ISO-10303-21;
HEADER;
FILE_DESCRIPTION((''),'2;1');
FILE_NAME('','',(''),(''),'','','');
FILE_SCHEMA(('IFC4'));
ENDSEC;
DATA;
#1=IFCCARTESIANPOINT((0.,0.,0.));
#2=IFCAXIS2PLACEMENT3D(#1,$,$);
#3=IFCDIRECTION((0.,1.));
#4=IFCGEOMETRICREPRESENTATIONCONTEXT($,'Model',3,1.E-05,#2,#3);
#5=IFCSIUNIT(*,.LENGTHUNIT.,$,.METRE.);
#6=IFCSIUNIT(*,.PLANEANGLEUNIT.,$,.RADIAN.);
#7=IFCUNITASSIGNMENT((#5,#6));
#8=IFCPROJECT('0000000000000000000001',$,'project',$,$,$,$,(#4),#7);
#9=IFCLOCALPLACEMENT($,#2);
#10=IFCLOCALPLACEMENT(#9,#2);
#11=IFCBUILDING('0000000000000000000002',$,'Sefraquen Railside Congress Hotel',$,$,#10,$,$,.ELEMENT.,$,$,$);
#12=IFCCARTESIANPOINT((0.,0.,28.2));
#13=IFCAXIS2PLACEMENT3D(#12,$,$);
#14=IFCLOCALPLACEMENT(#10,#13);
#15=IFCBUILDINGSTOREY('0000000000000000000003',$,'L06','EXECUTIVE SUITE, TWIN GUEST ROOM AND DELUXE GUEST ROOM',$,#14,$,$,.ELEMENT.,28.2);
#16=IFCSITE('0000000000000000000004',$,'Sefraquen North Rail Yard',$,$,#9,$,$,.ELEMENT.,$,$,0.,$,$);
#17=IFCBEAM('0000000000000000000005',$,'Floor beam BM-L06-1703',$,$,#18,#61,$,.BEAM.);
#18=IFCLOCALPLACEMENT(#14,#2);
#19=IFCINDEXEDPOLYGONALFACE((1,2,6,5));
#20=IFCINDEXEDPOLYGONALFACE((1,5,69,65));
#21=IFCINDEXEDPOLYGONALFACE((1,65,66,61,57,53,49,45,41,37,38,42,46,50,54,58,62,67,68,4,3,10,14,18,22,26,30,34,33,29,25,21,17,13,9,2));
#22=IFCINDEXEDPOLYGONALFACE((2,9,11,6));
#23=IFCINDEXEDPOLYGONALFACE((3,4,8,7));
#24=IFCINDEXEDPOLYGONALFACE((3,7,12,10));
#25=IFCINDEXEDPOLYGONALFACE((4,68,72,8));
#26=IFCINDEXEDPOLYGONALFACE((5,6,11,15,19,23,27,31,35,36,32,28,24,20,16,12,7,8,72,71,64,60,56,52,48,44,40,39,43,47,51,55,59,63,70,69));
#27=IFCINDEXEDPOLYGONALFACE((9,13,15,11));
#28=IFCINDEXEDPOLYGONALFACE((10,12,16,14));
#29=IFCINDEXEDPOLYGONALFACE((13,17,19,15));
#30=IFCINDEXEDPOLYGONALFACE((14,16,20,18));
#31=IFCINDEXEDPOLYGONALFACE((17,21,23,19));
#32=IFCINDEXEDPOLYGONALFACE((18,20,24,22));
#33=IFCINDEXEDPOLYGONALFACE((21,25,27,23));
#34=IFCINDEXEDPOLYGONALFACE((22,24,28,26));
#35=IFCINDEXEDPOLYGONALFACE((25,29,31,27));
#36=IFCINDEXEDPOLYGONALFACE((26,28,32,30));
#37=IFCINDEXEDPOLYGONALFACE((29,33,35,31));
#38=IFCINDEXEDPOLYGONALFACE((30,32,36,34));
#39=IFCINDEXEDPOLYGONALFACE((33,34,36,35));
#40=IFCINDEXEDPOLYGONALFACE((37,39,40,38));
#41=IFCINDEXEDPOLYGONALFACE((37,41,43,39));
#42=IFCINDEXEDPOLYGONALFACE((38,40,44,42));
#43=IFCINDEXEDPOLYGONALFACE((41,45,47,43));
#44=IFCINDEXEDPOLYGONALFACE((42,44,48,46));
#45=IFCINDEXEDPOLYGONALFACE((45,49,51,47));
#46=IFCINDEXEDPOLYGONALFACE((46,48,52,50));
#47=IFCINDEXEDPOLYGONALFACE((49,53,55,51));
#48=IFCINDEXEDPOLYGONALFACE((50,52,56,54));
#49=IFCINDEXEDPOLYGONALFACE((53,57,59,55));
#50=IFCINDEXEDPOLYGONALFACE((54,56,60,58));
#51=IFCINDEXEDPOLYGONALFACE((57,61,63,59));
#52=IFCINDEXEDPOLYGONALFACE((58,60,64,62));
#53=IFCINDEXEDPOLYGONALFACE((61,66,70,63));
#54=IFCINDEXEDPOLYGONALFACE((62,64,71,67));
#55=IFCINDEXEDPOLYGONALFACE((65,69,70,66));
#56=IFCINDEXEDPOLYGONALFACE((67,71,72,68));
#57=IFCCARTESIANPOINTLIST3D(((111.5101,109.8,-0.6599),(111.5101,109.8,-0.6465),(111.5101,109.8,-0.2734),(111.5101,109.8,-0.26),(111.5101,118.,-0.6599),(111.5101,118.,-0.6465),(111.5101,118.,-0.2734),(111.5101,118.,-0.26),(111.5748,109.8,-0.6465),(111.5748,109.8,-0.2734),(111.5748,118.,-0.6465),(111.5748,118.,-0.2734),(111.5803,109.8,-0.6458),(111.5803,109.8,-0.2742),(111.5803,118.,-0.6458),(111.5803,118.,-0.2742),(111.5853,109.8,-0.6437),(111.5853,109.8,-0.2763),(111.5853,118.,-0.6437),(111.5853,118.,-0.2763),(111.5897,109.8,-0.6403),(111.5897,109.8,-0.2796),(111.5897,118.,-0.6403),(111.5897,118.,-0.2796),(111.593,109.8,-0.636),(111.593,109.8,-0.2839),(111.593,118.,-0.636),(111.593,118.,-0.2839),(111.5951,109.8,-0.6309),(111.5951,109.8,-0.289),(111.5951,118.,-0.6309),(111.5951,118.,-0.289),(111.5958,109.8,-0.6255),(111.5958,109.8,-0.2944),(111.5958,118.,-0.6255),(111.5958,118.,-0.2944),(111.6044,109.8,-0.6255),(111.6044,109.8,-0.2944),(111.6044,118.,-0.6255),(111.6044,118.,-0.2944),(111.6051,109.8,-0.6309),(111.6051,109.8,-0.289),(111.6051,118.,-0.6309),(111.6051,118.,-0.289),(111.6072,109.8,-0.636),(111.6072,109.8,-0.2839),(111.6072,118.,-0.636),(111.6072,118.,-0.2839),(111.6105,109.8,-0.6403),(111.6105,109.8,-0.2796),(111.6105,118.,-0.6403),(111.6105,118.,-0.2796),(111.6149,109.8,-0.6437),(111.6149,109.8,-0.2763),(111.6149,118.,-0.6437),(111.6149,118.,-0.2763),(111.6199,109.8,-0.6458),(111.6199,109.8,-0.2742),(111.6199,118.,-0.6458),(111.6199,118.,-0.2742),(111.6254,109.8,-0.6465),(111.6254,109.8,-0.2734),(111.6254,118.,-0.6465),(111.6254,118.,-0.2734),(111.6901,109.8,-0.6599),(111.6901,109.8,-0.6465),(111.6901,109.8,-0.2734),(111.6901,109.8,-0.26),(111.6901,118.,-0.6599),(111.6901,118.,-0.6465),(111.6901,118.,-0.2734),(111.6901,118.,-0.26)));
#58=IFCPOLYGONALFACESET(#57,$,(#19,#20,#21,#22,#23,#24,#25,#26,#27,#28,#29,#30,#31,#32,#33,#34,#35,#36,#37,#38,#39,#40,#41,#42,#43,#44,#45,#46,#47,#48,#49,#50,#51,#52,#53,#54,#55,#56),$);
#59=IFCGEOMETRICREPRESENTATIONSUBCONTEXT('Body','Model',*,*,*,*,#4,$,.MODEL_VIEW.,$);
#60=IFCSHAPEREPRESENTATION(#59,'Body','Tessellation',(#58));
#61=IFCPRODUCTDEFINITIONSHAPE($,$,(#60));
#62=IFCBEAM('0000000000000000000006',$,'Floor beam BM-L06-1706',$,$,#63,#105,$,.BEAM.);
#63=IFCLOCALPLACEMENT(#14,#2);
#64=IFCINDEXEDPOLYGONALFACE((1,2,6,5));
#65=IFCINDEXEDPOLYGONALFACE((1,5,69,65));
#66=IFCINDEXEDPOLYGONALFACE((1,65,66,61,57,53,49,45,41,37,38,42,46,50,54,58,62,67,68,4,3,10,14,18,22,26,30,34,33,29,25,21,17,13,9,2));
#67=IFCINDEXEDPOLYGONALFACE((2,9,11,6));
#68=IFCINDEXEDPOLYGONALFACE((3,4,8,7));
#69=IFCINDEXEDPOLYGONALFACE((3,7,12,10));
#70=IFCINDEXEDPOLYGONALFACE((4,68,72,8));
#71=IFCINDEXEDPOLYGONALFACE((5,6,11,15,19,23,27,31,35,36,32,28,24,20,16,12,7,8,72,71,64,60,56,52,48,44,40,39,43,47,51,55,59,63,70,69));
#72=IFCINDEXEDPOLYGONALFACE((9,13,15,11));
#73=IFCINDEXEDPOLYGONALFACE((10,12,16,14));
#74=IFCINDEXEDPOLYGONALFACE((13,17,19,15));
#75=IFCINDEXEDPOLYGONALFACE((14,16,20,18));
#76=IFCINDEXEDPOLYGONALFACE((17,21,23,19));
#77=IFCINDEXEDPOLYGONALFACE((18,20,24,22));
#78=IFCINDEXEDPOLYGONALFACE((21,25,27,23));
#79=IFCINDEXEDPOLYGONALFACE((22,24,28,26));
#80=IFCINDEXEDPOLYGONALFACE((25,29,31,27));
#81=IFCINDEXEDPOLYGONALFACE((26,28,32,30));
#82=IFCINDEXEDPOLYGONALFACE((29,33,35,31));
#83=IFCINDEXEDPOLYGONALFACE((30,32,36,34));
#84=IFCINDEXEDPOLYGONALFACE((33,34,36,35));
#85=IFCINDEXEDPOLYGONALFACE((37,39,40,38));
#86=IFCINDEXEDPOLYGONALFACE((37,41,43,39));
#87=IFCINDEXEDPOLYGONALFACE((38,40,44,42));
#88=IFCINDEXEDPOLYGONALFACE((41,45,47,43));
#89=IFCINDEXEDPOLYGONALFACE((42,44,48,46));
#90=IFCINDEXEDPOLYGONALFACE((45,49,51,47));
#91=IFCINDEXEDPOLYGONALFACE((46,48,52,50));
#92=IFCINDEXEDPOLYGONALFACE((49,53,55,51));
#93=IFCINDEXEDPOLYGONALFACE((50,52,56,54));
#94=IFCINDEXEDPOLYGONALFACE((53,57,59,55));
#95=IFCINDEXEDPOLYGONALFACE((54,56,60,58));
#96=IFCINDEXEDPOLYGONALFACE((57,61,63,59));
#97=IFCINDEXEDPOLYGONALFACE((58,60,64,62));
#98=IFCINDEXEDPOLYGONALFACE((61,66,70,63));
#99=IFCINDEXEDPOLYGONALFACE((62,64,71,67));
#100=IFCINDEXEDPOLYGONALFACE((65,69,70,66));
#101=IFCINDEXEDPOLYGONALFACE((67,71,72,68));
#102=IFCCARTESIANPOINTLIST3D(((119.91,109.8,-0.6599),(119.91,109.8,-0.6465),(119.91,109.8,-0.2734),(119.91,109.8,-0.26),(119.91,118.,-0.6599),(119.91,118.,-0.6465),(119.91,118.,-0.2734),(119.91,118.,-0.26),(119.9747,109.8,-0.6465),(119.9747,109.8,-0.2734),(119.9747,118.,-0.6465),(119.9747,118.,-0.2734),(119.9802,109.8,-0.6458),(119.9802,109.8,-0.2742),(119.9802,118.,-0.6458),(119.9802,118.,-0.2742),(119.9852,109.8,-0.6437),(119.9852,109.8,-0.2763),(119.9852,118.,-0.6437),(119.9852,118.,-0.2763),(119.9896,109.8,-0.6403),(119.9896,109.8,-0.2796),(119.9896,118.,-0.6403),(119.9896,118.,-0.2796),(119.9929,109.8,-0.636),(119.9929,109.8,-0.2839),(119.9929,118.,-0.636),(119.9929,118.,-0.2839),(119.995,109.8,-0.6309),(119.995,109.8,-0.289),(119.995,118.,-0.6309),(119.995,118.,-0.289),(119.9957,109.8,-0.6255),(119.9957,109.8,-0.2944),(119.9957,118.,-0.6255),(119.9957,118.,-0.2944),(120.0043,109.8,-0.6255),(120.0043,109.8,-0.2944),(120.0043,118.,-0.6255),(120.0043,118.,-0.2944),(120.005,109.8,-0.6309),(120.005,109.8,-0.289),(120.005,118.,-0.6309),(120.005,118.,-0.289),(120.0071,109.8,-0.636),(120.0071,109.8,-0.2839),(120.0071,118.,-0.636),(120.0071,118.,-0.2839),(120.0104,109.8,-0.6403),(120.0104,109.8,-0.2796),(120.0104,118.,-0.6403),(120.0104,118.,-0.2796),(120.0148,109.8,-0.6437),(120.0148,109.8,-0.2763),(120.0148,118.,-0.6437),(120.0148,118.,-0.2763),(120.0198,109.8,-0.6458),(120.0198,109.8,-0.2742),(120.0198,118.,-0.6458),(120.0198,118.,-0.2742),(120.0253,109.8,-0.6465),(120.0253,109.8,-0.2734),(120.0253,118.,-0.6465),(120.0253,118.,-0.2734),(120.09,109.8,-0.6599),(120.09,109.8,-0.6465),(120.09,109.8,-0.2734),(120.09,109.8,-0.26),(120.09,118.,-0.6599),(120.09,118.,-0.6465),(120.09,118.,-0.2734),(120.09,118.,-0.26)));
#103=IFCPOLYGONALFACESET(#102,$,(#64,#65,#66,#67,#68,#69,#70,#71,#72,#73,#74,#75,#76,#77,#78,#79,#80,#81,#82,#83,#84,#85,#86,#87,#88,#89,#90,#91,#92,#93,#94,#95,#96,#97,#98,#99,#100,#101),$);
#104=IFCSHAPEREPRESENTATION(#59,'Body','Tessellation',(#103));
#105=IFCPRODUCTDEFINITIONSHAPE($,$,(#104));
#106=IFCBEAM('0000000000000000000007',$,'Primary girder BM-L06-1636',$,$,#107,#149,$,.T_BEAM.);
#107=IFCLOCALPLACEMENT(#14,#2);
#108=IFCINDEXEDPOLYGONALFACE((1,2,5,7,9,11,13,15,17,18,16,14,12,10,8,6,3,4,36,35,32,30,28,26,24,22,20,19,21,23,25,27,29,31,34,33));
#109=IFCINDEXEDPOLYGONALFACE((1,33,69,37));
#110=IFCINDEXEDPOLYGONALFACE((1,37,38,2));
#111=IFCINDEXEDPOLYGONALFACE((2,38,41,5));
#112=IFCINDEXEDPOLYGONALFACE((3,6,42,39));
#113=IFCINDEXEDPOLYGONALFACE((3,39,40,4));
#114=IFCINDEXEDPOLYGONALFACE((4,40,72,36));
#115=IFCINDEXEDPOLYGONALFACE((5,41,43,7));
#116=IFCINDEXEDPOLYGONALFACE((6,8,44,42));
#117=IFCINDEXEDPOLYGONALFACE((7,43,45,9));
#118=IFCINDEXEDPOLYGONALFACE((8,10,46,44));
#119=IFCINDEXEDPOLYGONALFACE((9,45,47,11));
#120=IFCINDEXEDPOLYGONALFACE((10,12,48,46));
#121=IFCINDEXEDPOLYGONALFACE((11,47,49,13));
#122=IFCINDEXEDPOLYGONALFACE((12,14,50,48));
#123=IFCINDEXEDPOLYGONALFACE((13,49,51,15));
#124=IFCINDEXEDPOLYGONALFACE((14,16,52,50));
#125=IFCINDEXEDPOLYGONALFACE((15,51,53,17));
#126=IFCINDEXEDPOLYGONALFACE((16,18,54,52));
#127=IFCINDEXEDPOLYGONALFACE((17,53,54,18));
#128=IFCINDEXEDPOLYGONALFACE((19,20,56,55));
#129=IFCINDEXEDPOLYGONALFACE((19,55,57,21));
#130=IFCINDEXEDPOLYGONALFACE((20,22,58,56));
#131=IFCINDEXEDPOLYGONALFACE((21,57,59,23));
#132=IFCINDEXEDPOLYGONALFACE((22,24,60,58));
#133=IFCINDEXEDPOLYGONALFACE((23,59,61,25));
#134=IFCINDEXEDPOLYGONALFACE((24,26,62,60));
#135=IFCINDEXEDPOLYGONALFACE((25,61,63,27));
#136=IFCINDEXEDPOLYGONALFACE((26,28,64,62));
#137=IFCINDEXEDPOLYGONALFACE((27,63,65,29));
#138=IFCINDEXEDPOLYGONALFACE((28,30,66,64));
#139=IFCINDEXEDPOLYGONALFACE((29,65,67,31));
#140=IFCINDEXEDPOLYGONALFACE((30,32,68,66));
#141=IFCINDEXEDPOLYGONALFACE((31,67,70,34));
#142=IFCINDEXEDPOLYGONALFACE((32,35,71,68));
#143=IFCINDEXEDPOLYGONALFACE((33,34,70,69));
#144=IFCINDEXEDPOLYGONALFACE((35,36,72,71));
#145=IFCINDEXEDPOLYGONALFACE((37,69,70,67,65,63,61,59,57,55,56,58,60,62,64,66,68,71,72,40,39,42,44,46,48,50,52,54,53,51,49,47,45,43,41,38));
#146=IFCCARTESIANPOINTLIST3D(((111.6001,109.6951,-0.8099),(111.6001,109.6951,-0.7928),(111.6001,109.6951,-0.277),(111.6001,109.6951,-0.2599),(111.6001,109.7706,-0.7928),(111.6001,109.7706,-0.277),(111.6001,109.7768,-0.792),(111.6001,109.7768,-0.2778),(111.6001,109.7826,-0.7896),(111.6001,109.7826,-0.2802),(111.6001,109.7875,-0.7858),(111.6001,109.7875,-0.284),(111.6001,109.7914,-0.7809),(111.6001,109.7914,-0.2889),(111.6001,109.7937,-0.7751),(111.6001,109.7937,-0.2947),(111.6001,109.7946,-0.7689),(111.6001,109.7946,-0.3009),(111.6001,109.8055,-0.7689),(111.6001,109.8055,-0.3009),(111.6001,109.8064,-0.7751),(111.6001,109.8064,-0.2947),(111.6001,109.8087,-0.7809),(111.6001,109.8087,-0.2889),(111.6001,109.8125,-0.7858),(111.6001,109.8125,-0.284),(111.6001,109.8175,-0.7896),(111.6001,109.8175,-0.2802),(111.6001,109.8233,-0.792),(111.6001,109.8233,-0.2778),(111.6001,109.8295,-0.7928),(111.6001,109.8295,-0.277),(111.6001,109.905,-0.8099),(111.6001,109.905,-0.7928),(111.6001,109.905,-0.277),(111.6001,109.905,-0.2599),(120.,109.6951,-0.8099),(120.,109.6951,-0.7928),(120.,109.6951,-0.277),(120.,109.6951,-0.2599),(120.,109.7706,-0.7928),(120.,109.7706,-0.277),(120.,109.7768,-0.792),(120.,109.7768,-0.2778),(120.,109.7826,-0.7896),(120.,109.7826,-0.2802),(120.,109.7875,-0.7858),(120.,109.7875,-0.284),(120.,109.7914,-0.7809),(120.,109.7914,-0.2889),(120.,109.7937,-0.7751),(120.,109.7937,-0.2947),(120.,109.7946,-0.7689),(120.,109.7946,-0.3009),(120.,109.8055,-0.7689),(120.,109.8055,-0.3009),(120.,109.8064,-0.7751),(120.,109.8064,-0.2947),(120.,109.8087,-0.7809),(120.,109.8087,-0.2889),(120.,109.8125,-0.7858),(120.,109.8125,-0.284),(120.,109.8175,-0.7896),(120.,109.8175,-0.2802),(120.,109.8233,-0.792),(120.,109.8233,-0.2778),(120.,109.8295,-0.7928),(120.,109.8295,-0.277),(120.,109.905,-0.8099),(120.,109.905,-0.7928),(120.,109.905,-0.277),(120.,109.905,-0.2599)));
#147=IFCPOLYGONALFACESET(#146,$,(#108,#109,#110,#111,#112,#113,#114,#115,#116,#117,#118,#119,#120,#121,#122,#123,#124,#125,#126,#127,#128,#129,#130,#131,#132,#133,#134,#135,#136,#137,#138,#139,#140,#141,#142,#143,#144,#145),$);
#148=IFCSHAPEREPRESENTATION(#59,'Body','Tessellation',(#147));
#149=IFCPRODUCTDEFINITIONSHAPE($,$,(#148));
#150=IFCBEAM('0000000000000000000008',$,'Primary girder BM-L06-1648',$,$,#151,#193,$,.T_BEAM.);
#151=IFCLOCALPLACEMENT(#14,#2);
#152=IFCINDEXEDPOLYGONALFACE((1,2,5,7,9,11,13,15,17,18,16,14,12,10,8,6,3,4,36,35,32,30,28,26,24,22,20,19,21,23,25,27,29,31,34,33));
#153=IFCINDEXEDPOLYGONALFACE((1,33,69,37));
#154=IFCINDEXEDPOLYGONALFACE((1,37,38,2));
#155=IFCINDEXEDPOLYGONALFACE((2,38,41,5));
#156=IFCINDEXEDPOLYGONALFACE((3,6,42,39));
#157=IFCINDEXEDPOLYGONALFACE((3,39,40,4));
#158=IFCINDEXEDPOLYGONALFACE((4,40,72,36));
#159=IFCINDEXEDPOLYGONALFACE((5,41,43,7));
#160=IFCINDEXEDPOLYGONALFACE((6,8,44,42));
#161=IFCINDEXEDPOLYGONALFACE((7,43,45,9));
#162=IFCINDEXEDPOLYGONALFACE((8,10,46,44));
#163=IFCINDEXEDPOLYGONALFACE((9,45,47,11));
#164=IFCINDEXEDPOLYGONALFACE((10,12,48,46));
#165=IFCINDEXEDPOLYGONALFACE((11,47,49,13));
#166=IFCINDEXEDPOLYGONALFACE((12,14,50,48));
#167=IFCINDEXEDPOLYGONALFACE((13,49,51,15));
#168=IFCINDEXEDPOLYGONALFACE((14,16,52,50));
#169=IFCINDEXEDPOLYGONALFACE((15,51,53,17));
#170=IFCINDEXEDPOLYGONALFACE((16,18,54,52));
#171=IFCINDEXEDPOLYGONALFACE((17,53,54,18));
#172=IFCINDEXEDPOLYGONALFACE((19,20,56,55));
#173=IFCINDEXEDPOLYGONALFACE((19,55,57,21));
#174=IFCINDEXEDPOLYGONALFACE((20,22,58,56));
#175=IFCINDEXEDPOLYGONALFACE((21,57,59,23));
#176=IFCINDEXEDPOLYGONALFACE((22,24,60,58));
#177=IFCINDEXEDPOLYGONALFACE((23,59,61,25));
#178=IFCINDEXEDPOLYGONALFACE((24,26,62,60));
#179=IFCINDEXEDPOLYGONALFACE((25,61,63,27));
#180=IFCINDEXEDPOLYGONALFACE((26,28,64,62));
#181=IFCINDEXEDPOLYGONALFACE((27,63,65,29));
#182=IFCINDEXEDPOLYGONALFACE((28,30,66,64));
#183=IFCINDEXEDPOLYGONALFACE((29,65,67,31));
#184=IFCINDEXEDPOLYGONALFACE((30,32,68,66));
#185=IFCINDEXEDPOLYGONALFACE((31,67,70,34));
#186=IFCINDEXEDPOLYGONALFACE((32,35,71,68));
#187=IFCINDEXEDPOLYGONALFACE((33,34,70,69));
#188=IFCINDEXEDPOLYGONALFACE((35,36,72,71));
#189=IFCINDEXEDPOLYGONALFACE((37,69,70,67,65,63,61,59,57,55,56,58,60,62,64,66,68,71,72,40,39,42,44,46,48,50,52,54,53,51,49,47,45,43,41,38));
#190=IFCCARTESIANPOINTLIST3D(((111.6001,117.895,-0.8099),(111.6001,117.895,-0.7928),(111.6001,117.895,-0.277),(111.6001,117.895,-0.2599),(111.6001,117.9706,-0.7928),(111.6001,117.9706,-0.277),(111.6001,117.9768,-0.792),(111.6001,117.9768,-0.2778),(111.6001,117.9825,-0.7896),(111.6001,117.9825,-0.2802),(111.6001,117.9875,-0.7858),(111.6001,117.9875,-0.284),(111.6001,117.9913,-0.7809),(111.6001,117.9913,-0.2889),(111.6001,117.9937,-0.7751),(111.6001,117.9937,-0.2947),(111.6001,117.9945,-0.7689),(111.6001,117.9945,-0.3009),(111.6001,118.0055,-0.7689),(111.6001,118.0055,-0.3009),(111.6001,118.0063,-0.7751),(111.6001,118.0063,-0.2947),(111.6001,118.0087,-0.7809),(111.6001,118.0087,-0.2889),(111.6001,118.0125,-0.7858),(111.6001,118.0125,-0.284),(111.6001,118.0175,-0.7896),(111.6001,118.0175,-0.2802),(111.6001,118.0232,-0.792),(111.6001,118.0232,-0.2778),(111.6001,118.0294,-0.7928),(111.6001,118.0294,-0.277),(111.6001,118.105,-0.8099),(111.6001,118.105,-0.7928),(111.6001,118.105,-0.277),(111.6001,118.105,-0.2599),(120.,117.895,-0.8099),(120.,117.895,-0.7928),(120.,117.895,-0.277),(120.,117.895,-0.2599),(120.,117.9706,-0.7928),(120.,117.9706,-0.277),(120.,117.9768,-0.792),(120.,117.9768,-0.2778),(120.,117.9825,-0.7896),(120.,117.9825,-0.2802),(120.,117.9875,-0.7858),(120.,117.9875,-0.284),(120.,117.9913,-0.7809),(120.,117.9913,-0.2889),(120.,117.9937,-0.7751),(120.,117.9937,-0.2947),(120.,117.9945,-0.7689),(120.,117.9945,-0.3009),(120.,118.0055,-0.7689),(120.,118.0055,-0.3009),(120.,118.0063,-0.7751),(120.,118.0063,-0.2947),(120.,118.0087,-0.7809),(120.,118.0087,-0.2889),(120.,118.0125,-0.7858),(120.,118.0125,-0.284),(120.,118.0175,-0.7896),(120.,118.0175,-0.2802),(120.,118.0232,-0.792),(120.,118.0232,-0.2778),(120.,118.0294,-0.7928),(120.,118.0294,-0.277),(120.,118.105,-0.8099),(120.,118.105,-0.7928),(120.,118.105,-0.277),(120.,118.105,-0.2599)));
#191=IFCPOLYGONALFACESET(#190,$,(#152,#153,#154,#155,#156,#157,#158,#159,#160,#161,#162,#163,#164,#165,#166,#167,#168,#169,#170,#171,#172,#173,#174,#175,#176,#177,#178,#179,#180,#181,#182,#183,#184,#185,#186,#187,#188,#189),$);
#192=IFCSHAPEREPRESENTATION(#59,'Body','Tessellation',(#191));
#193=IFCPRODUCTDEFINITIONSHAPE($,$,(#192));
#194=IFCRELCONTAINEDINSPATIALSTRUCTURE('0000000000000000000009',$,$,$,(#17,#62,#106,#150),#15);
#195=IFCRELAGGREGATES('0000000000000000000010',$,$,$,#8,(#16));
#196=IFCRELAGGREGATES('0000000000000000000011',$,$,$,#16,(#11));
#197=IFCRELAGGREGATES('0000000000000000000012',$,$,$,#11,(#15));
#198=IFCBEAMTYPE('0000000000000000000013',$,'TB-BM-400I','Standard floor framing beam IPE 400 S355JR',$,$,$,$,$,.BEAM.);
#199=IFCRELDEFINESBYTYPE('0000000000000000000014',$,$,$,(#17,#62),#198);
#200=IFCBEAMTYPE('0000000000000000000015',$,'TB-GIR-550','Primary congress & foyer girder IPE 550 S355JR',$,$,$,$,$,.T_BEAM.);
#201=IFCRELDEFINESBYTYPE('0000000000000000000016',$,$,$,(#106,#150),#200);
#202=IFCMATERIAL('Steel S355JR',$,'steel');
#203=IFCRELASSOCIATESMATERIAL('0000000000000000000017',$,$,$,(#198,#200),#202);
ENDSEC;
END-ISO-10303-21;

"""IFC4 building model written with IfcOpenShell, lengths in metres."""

from ifc_helpers import new_model, si_unit, direction, frame, origin, origin_2d, place, context, subcontext, project, spatial, i_section, extrude, material, material_profile, profile_set, type_object, element, save


model = new_model("IFC4")

# Units and contexts
model_context = context("Model", 3, precision=1e-05, world=origin(), true_north=direction((0.0, 1.0)))
body_context = subcontext(model_context, "Body", "Model", "MODEL_VIEW")
ifc_project = project(units=[si_unit("LENGTHUNIT", "METRE"), si_unit("PLANEANGLEUNIT", "RADIAN")], contexts=[model_context])

# Site, building, storey
site_placement = place(None, origin())
site = spatial("IfcSite", under=ifc_project, at=site_placement, Name="Sefraquen North Rail Yard", CompositionType="ELEMENT", RefElevation=0.0)
building_placement = place(site_placement, origin())
building = spatial("IfcBuilding", under=site, at=building_placement, Name="Sefraquen Railside Congress Hotel", CompositionType="ELEMENT")
storey_placement = place(building_placement, frame((0.0, 0.0, 28.2)))
storey = spatial("IfcBuildingStorey", under=building, at=storey_placement, Name="L06", Description="EXECUTIVE SUITE, TWIN GUEST ROOM AND DELUXE GUEST ROOM", CompositionType="ELEMENT", Elevation=28.2)

# Shared definitions
ifc_material_1 = material(Name="Steel S355JR", Category="steel")

# Beams
ifc_material_profile_1 = material_profile(ifc_material_1, i_section(OverallWidth=0.1799, OverallDepth=0.3999, WebThickness=0.0085, FlangeThickness=0.0134, FilletRadius=0.021, at=origin_2d()), Name="IPE 400")
ifc_profile_set_1 = profile_set([ifc_material_profile_1], Name="Steel S355JR")
beam_type_1 = type_object("IfcBeamType", Name="TB-BM-400I", Description="Standard floor framing beam IPE 400 S355JR", PredefinedType="BEAM", material=ifc_profile_set_1)
for number, where, z_axis, x_axis, name in (
    (1, (111.6001, 109.8, -0.46), (0.0, 1.0, 0.0), (-1.0, 0.0, 0.0), "Floor beam BM-L06-1703"),
    (2, (120.0, 109.8, -0.46), (0.0, 1.0, 0.0), (-1.0, 0.0, 0.0), "Floor beam BM-L06-1706"),
):
    element("IfcBeam", number, at=place(storey_placement, frame(where, z_axis=z_axis, x_axis=x_axis)), inside=storey, type_object=beam_type_1, Name=name, PredefinedType="BEAM", context=body_context, shape_type="SweptSolid", body=[
        extrude(i_section(OverallWidth=0.1799, OverallDepth=0.3999, WebThickness=0.0085, FlangeThickness=0.0134, FilletRadius=0.021, at=origin_2d()), origin(), (0.0, 0.0, 1.0), 8.2),
    ])
ifc_material_profile_2 = material_profile(ifc_material_1, i_section(OverallWidth=0.21, OverallDepth=0.55, WebThickness=0.011, FlangeThickness=0.0171, FilletRadius=0.0239, at=origin_2d()), Name="IPE 550")
ifc_profile_set_2 = profile_set([ifc_material_profile_2], Name="Steel S355JR")
beam_type_2 = type_object("IfcBeamType", Name="TB-GIR-550", Description="Primary congress & foyer girder IPE 550 S355JR", PredefinedType="T_BEAM", material=ifc_profile_set_2)
for number, where, z_axis, x_axis, name in (
    (3, (111.6001, 109.8, -0.5349), (1.0, 0.0, 0.0), (0.0, 1.0, 0.0), "Primary girder BM-L06-1636"),
    (4, (111.6001, 118.0, -0.5349), (1.0, 0.0, 0.0), (0.0, 1.0, 0.0), "Primary girder BM-L06-1648"),
):
    element("IfcBeam", number, at=place(storey_placement, frame(where, z_axis=z_axis, x_axis=x_axis)), inside=storey, type_object=beam_type_2, Name=name, PredefinedType="T_BEAM", context=body_context, shape_type="SweptSolid", body=[
        extrude(i_section(OverallWidth=0.21, OverallDepth=0.55, WebThickness=0.011, FlangeThickness=0.0171, FilletRadius=0.0239, at=origin_2d()), origin(), (0.0, 0.0, 1.0), 8.3999),
    ])

save(model, "model.ifc")
